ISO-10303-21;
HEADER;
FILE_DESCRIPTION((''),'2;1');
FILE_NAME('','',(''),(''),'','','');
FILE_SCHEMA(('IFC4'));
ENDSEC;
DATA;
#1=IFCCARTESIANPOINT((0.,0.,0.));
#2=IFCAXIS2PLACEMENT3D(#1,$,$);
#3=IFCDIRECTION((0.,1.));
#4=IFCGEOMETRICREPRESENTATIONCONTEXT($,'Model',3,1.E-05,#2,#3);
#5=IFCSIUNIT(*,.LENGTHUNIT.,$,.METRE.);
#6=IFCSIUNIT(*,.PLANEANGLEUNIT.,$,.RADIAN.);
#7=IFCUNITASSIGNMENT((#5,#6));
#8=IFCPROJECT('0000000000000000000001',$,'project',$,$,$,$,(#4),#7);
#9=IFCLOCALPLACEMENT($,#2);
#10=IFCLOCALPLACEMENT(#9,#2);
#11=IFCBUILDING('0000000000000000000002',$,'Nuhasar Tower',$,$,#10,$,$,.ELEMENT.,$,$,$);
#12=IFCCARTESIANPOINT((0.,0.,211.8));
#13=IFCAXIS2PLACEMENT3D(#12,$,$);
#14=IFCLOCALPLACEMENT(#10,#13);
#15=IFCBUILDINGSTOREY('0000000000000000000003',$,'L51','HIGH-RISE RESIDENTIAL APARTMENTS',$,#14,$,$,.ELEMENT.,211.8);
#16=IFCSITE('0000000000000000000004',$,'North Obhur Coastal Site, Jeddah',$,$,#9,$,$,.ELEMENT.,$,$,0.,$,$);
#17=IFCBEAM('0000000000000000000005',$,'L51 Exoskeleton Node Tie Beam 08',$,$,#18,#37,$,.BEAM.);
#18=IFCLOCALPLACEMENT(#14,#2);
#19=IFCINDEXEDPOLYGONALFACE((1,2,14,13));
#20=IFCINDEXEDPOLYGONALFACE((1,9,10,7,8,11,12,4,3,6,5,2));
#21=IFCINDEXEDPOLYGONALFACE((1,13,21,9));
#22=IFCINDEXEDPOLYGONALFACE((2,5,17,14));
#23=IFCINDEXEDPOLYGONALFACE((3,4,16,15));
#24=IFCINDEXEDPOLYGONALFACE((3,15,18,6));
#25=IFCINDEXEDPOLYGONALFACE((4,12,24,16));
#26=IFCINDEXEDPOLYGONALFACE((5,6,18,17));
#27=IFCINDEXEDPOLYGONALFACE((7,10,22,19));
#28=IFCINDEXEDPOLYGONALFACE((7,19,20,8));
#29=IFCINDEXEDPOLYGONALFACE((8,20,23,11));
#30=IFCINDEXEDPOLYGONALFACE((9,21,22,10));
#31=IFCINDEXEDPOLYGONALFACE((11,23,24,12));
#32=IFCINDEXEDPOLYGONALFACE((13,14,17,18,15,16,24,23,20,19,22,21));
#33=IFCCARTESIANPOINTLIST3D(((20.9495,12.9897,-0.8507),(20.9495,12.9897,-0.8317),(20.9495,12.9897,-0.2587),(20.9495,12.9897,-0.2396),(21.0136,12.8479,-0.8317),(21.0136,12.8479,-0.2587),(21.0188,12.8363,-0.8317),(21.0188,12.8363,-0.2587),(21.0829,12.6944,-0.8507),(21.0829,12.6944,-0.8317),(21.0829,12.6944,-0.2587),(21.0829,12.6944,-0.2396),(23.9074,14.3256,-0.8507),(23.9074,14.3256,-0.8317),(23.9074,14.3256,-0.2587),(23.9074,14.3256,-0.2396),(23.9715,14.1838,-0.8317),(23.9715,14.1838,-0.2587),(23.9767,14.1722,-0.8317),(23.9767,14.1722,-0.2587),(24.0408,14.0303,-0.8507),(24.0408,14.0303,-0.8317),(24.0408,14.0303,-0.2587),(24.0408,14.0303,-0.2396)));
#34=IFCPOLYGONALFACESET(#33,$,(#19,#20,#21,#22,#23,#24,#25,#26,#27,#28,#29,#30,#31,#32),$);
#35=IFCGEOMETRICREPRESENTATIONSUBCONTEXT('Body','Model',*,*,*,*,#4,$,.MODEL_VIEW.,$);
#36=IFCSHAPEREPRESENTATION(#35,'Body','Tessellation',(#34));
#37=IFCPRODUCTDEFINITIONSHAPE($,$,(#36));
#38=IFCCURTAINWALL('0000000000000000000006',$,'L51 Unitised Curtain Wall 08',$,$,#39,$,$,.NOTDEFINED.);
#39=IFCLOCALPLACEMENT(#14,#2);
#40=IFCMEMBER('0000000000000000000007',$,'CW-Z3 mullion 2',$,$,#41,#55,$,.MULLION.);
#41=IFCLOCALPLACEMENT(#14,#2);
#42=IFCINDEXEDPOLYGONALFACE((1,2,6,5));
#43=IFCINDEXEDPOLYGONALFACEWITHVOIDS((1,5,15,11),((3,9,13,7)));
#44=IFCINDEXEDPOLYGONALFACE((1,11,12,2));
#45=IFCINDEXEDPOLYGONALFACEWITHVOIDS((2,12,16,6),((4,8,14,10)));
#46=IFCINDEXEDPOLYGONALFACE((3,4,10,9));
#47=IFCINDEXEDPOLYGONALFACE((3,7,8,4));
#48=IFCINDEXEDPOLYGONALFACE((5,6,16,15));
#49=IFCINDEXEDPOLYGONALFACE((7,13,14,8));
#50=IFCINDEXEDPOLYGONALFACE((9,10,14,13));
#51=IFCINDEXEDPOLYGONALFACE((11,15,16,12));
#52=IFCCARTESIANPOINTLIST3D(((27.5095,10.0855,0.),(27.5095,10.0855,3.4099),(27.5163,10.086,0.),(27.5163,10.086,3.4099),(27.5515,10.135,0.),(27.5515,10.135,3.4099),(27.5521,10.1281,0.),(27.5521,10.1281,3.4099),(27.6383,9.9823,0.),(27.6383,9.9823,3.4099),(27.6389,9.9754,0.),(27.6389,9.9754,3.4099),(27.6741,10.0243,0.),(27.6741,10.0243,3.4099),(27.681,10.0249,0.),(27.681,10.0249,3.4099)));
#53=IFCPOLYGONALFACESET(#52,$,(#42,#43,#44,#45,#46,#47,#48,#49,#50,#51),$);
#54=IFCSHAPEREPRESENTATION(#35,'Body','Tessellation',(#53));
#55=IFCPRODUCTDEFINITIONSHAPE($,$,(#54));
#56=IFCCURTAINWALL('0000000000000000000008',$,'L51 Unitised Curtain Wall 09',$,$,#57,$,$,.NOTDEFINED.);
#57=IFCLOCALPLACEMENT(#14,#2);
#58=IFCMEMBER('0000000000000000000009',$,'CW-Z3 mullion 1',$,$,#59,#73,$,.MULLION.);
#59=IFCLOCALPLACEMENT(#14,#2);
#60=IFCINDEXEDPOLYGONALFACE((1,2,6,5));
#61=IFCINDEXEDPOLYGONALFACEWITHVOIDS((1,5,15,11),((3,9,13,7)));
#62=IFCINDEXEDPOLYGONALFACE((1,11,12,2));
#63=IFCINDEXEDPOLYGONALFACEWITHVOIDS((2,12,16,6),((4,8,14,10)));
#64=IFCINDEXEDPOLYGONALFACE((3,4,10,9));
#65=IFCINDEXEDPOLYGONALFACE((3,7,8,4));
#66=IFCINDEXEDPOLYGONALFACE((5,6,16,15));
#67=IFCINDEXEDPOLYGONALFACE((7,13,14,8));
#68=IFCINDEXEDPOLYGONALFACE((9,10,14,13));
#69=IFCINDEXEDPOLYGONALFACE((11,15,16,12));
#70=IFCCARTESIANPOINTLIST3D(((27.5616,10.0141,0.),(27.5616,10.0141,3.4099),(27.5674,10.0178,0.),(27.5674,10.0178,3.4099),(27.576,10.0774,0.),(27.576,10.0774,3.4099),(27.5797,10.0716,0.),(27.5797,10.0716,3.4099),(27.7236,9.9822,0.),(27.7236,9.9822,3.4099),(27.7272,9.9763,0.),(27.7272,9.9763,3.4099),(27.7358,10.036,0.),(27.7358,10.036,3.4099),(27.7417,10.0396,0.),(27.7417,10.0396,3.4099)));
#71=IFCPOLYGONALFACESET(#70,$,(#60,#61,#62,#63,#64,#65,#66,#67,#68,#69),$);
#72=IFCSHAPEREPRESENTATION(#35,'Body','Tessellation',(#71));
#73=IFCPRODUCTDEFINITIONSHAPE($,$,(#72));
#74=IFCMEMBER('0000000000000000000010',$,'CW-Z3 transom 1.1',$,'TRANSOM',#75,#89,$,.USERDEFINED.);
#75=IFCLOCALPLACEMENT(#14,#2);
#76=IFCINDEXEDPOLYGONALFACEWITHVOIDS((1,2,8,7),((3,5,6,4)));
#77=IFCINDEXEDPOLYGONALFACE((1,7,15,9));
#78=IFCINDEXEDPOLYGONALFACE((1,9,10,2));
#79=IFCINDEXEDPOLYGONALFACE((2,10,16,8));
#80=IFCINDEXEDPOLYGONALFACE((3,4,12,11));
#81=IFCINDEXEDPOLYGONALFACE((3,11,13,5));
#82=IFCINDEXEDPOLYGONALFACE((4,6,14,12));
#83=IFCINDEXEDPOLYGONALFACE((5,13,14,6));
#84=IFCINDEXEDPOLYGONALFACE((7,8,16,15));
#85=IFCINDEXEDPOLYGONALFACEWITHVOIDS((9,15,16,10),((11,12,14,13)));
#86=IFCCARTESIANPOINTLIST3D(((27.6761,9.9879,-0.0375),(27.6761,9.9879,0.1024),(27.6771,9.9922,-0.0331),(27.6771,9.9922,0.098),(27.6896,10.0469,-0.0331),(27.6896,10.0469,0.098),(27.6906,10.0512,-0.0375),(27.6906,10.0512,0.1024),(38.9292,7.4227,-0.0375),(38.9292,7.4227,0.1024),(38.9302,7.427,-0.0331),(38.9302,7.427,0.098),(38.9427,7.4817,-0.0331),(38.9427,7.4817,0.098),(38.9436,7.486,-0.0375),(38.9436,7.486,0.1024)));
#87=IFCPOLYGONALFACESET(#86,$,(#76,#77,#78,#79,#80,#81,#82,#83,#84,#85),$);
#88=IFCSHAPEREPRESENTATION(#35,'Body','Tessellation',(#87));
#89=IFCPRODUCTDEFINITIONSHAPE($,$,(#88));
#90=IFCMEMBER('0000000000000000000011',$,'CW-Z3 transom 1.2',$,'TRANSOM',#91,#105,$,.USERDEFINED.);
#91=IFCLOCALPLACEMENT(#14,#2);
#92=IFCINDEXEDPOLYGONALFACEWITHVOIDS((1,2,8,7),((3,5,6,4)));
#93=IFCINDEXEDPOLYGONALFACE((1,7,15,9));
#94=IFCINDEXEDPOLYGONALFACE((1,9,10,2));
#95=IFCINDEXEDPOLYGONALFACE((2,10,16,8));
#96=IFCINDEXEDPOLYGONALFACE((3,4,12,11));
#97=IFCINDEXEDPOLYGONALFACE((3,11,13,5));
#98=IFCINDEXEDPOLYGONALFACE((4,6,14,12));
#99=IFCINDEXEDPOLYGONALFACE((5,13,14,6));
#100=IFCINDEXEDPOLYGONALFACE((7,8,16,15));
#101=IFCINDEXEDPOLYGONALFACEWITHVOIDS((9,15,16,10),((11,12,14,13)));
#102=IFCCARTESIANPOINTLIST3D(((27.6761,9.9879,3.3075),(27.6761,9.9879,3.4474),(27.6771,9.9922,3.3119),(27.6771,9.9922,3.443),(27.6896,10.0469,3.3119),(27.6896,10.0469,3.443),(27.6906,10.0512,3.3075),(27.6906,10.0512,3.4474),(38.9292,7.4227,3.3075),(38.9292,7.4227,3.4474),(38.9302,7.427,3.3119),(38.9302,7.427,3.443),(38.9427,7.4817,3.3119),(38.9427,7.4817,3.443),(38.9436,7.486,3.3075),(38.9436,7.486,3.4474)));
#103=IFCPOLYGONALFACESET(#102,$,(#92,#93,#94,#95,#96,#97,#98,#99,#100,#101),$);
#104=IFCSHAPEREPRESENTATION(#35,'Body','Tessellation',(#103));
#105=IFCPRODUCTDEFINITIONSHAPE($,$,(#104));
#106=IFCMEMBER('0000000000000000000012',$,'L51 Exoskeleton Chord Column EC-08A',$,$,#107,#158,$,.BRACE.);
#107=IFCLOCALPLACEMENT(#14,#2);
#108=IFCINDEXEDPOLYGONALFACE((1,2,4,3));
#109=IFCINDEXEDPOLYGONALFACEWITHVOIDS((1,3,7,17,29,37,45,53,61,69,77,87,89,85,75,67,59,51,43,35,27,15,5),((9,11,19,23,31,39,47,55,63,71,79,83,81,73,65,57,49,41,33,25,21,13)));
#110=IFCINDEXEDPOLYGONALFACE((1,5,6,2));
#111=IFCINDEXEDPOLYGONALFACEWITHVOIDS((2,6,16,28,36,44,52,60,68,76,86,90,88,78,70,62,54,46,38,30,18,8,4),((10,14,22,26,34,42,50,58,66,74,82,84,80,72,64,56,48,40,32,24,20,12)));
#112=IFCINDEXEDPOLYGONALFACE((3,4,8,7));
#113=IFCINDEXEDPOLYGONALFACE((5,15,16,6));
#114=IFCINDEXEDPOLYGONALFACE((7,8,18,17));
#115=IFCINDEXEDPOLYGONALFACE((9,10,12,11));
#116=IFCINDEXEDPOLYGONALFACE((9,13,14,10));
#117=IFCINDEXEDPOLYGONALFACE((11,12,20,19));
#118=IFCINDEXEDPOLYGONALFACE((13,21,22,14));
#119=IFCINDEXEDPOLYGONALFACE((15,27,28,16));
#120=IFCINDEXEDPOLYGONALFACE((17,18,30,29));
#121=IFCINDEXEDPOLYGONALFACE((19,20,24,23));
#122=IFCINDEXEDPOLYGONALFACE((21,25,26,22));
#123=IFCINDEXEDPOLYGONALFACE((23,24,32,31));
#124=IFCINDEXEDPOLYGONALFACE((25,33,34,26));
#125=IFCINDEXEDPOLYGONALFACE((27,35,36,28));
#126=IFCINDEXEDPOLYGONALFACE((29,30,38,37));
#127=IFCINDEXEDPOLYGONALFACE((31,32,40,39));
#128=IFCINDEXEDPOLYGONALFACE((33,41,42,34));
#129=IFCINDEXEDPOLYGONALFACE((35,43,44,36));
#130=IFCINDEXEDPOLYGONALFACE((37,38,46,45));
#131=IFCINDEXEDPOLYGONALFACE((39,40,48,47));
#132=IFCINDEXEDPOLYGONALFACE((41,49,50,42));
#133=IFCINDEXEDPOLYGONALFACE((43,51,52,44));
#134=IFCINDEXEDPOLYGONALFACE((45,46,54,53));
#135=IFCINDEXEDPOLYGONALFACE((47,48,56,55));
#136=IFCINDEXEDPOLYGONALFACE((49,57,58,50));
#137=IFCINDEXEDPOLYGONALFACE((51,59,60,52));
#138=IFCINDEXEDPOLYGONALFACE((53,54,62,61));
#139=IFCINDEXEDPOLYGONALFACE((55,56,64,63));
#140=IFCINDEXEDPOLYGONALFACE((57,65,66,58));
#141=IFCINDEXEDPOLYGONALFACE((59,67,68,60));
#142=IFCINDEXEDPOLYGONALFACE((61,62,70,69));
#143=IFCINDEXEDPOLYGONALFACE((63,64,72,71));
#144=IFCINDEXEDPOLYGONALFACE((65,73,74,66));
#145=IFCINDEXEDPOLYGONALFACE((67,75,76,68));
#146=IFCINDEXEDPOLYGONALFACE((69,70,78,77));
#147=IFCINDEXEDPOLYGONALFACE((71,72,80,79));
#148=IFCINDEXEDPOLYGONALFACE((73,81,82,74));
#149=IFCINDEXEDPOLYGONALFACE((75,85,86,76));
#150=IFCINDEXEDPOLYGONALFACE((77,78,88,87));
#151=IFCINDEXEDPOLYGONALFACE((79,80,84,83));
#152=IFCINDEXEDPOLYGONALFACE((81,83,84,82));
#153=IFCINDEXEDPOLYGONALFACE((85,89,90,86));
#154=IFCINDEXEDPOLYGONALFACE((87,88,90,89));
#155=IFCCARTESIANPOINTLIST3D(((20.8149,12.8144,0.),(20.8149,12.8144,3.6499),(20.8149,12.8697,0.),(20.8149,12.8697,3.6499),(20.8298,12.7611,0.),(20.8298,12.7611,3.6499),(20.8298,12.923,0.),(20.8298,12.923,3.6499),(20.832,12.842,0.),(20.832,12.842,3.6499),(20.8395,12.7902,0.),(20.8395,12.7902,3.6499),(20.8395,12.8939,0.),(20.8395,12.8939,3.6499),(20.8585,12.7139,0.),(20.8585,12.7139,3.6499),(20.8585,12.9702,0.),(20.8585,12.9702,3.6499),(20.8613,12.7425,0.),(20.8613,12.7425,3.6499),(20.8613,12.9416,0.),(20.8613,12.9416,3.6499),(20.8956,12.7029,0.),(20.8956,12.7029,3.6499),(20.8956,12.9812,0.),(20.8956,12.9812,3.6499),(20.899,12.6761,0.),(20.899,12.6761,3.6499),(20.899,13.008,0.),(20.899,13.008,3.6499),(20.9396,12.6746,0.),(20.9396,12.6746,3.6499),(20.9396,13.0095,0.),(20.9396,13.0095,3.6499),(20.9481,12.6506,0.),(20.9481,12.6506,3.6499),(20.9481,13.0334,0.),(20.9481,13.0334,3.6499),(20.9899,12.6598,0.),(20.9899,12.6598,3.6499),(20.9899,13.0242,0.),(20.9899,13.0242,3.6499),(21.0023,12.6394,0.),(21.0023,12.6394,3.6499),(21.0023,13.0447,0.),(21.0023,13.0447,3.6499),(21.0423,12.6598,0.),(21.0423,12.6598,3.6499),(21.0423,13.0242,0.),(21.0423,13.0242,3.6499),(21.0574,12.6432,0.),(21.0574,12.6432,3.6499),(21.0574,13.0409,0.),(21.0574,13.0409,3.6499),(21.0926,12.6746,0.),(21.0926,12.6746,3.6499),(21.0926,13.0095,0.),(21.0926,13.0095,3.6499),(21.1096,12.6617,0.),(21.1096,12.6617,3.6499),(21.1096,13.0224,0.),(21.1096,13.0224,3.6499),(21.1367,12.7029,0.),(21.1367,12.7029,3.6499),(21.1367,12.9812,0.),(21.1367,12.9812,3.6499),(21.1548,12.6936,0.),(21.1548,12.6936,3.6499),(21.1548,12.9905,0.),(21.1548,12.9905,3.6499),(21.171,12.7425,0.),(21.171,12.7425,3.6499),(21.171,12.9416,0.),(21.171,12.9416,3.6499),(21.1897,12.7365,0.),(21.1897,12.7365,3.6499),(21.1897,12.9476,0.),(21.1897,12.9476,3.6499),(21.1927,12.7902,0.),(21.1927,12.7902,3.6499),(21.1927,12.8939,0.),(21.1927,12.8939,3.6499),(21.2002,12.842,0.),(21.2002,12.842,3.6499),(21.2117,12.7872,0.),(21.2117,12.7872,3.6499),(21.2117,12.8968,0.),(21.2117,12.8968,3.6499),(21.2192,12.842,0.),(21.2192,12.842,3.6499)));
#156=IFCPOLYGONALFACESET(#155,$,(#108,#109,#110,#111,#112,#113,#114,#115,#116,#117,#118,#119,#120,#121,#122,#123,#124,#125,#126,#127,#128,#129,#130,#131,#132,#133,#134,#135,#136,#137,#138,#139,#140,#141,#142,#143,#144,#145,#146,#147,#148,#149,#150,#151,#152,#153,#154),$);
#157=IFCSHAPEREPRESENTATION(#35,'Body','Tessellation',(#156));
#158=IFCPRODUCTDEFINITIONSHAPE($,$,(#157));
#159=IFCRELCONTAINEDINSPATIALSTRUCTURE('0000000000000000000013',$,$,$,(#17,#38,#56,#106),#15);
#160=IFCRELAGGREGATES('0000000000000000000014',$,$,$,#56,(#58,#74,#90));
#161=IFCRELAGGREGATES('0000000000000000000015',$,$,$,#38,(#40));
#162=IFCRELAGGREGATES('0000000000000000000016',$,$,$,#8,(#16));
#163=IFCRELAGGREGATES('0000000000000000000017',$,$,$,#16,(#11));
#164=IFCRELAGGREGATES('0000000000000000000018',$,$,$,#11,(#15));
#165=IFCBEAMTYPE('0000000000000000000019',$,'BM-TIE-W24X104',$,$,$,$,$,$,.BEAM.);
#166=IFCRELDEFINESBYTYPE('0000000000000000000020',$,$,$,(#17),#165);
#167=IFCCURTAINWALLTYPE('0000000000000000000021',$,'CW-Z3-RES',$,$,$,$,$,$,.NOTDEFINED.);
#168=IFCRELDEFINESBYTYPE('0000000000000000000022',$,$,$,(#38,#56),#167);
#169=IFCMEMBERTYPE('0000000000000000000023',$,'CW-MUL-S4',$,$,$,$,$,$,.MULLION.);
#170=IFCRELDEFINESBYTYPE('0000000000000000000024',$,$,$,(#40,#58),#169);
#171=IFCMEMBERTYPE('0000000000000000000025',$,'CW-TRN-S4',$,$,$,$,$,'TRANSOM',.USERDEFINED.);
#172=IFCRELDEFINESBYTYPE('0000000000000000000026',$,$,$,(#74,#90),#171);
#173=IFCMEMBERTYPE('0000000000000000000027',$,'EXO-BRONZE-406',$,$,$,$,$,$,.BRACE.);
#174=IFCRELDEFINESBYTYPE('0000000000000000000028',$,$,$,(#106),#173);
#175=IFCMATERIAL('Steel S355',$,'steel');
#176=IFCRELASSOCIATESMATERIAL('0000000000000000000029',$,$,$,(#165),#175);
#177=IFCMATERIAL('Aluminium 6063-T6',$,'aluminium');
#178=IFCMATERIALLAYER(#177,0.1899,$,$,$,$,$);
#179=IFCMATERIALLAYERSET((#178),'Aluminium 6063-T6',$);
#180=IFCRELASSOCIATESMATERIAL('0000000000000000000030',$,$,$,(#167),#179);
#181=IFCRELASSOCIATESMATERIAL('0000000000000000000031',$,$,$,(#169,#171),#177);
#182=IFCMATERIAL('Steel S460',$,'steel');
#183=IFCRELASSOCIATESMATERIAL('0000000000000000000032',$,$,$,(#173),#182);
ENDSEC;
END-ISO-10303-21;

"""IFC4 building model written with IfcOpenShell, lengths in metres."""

from ifc_helpers import new_model, si_unit, direction, frame, origin, origin_2d, place, context, subcontext, project, spatial, hollow_rectangle, hollow_circle, i_section, extrude, material, layer, layer_set, material_profile, profile_set, type_object, element, aggregate, save


model = new_model("IFC4")

# Units and contexts
model_context = context("Model", 3, precision=1e-05, world=origin(), true_north=direction((0.0, 1.0)))
body_context = subcontext(model_context, "Body", "Model", "MODEL_VIEW")
ifc_project = project(units=[si_unit("LENGTHUNIT", "METRE"), si_unit("PLANEANGLEUNIT", "RADIAN")], contexts=[model_context])

# Site, building, storey
site_placement = place(None, origin())
site = spatial("IfcSite", under=ifc_project, at=site_placement, Name="North Obhur Coastal Site, Jeddah", CompositionType="ELEMENT", RefElevation=0.0)
building_placement = place(site_placement, origin())
building = spatial("IfcBuilding", under=site, at=building_placement, Name="Nuhasar Tower", CompositionType="ELEMENT")
storey_placement = place(building_placement, frame((0.0, 0.0, 211.8)))
storey = spatial("IfcBuildingStorey", under=building, at=storey_placement, Name="L51", Description="HIGH-RISE RESIDENTIAL APARTMENTS", CompositionType="ELEMENT", Elevation=211.8)

# Beam
ifc_material_1 = material(Name="Steel S355", Category="steel")
ifc_material_profile_1 = material_profile(ifc_material_1, i_section(OverallWidth=0.324, OverallDepth=0.6111, WebThickness=0.0127, FlangeThickness=0.019, at=origin_2d()), Name="W24X104")
ifc_profile_set_1 = profile_set([ifc_material_profile_1], Name="Steel S355")
beam_type_1 = type_object("IfcBeamType", Name="BM-TIE-W24X104", PredefinedType="BEAM", material=ifc_profile_set_1)
beam_1_placement = place(storey_placement, frame((23.9741, 14.178, -0.5452), z_axis=(-0.911363, -0.411603, 0.0), x_axis=(0.411603, -0.911363, 0.0)))
element("IfcBeam", 1, at=beam_1_placement, inside=storey, type_object=beam_type_1, Name="L51 Exoskeleton Node Tie Beam 08", PredefinedType="BEAM", context=body_context, shape_type="SweptSolid", body=[
    extrude(i_section(OverallWidth=0.324, OverallDepth=0.6111, WebThickness=0.0127, FlangeThickness=0.019, at=origin_2d()), origin(), (0.0, 0.0, 1.0), 3.2456),
])

# Curtain wall, member
ifc_material_2 = material(Name="Aluminium 6063-T6", Category="aluminium")
ifc_layer_1 = layer(ifc_material_2, 0.1899)
ifc_layer_set_1 = layer_set([ifc_layer_1], Name="Aluminium 6063-T6")
curtain_wall_type = type_object("IfcCurtainWallType", Name="CW-Z3-RES", PredefinedType="NOTDEFINED", material=ifc_layer_set_1)
curtain_wall_1_placement = place(storey_placement, origin())
curtain_wall_1 = element("IfcCurtainWall", 2, at=curtain_wall_1_placement, inside=storey, type_object=curtain_wall_type, Name="L51 Unitised Curtain Wall 08", PredefinedType="NOTDEFINED")
ifc_material_profile_2 = material_profile(ifc_material_2, hollow_rectangle(XDim=0.0649, YDim=0.1699, WallThickness=0.0049, at=origin_2d()), Name="CWM-4")
ifc_profile_set_2 = profile_set([ifc_material_profile_2], Name="Aluminium 6063-T6")
member_type_1 = type_object("IfcMemberType", Name="CW-MUL-S4", PredefinedType="MULLION", material=ifc_profile_set_2)
member_1_placement = place(storey_placement, frame((27.5952, 10.0552, 0.0), z_axis=(0.0, 0.0, 1.0), x_axis=(0.647895, 0.761729, 0.0)))
member_1 = element("IfcMember", 3, at=member_1_placement, type_object=member_type_1, Name="CW-Z3 mullion 2", PredefinedType="MULLION", context=body_context, shape_type="SweptSolid", body=[
    extrude(hollow_rectangle(XDim=0.0649, YDim=0.1699, WallThickness=0.0049, at=origin_2d()), origin(), (0.0, 0.0, 1.0), 3.4099),
])

# Curtain wall, members
curtain_wall_2_placement = place(storey_placement, origin())
curtain_wall_2 = element("IfcCurtainWall", 4, at=curtain_wall_2_placement, inside=storey, type_object=curtain_wall_type, Name="L51 Unitised Curtain Wall 09", PredefinedType="NOTDEFINED")
member_2_placement = place(storey_placement, frame((27.6516, 10.0269, 0.0), z_axis=(0.0, 0.0, 1.0), x_axis=(0.222243, 0.974991, 0.0)))
member_2 = element("IfcMember", 5, at=member_2_placement, type_object=member_type_1, Name="CW-Z3 mullion 1", PredefinedType="MULLION", context=body_context, shape_type="SweptSolid", body=[
    extrude(hollow_rectangle(XDim=0.0649, YDim=0.1699, WallThickness=0.0049, at=origin_2d()), origin(), (0.0, 0.0, 1.0), 3.4099),
])
ifc_material_profile_3 = material_profile(ifc_material_2, hollow_rectangle(XDim=0.0649, YDim=0.1399, WallThickness=0.0044, at=origin_2d()), Name="CWT-4")
ifc_profile_set_3 = profile_set([ifc_material_profile_3], Name="Aluminium 6063-T6")
member_type_2 = type_object("IfcMemberType", Name="CW-TRN-S4", ElementType="TRANSOM", PredefinedType="USERDEFINED", material=ifc_profile_set_3)
member_3_placement = place(storey_placement, frame((27.6833, 10.0195, 0.0325), z_axis=(0.974989, -0.222251, 0.0), x_axis=(0.222251, 0.974989, 0.0)))
member_3 = element("IfcMember", 6, at=member_3_placement, type_object=member_type_2, Name="CW-Z3 transom 1.1", ObjectType="TRANSOM", PredefinedType="USERDEFINED", context=body_context, shape_type="SweptSolid", body=[
    extrude(hollow_rectangle(XDim=0.0649, YDim=0.1399, WallThickness=0.0044, at=origin_2d()), origin(), (0.0, 0.0, 1.0), 11.5417),
])
member_4_placement = place(storey_placement, frame((27.6833, 10.0195, 3.3774), z_axis=(0.974989, -0.222251, 0.0), x_axis=(0.222251, 0.974989, 0.0)))
member_4 = element("IfcMember", 7, at=member_4_placement, type_object=member_type_2, Name="CW-Z3 transom 1.2", ObjectType="TRANSOM", PredefinedType="USERDEFINED", context=body_context, shape_type="SweptSolid", body=[
    extrude(hollow_rectangle(XDim=0.0649, YDim=0.1399, WallThickness=0.0044, at=origin_2d()), origin(), (0.0, 0.0, 1.0), 11.5417),
])
aggregate(curtain_wall_2, [member_2, member_3, member_4])

# Member
ifc_material_3 = material(Name="Steel S460", Category="steel")
ifc_material_profile_4 = material_profile(ifc_material_3, hollow_circle(Radius=0.2031, WallThickness=0.019, at=origin_2d()), Name="HSS406.4X19.1")
ifc_profile_set_4 = profile_set([ifc_material_profile_4], Name="Steel S460")
member_type_3 = type_object("IfcMemberType", Name="EXO-BRONZE-406", PredefinedType="BRACE", material=ifc_profile_set_4)
for number, where, z_axis, x_axis, name in (
    (8, (21.0161, 12.842, 0.0), (0.0, 0.0, 1.0), (1.0, 0.0, 0.0), "L51 Exoskeleton Chord Column EC-08A"),
):
    element("IfcMember", number, at=place(storey_placement, frame(where, z_axis=z_axis, x_axis=x_axis)), inside=storey, type_object=member_type_3, Name=name, PredefinedType="BRACE", context=body_context, shape_type="SweptSolid", body=[
        extrude(hollow_circle(Radius=0.2031, WallThickness=0.019, at=origin_2d()), origin(), (0.0, 0.0, 1.0), 3.6499),
    ])

aggregate(curtain_wall_1, [member_1])

save(model, "model.ifc")
